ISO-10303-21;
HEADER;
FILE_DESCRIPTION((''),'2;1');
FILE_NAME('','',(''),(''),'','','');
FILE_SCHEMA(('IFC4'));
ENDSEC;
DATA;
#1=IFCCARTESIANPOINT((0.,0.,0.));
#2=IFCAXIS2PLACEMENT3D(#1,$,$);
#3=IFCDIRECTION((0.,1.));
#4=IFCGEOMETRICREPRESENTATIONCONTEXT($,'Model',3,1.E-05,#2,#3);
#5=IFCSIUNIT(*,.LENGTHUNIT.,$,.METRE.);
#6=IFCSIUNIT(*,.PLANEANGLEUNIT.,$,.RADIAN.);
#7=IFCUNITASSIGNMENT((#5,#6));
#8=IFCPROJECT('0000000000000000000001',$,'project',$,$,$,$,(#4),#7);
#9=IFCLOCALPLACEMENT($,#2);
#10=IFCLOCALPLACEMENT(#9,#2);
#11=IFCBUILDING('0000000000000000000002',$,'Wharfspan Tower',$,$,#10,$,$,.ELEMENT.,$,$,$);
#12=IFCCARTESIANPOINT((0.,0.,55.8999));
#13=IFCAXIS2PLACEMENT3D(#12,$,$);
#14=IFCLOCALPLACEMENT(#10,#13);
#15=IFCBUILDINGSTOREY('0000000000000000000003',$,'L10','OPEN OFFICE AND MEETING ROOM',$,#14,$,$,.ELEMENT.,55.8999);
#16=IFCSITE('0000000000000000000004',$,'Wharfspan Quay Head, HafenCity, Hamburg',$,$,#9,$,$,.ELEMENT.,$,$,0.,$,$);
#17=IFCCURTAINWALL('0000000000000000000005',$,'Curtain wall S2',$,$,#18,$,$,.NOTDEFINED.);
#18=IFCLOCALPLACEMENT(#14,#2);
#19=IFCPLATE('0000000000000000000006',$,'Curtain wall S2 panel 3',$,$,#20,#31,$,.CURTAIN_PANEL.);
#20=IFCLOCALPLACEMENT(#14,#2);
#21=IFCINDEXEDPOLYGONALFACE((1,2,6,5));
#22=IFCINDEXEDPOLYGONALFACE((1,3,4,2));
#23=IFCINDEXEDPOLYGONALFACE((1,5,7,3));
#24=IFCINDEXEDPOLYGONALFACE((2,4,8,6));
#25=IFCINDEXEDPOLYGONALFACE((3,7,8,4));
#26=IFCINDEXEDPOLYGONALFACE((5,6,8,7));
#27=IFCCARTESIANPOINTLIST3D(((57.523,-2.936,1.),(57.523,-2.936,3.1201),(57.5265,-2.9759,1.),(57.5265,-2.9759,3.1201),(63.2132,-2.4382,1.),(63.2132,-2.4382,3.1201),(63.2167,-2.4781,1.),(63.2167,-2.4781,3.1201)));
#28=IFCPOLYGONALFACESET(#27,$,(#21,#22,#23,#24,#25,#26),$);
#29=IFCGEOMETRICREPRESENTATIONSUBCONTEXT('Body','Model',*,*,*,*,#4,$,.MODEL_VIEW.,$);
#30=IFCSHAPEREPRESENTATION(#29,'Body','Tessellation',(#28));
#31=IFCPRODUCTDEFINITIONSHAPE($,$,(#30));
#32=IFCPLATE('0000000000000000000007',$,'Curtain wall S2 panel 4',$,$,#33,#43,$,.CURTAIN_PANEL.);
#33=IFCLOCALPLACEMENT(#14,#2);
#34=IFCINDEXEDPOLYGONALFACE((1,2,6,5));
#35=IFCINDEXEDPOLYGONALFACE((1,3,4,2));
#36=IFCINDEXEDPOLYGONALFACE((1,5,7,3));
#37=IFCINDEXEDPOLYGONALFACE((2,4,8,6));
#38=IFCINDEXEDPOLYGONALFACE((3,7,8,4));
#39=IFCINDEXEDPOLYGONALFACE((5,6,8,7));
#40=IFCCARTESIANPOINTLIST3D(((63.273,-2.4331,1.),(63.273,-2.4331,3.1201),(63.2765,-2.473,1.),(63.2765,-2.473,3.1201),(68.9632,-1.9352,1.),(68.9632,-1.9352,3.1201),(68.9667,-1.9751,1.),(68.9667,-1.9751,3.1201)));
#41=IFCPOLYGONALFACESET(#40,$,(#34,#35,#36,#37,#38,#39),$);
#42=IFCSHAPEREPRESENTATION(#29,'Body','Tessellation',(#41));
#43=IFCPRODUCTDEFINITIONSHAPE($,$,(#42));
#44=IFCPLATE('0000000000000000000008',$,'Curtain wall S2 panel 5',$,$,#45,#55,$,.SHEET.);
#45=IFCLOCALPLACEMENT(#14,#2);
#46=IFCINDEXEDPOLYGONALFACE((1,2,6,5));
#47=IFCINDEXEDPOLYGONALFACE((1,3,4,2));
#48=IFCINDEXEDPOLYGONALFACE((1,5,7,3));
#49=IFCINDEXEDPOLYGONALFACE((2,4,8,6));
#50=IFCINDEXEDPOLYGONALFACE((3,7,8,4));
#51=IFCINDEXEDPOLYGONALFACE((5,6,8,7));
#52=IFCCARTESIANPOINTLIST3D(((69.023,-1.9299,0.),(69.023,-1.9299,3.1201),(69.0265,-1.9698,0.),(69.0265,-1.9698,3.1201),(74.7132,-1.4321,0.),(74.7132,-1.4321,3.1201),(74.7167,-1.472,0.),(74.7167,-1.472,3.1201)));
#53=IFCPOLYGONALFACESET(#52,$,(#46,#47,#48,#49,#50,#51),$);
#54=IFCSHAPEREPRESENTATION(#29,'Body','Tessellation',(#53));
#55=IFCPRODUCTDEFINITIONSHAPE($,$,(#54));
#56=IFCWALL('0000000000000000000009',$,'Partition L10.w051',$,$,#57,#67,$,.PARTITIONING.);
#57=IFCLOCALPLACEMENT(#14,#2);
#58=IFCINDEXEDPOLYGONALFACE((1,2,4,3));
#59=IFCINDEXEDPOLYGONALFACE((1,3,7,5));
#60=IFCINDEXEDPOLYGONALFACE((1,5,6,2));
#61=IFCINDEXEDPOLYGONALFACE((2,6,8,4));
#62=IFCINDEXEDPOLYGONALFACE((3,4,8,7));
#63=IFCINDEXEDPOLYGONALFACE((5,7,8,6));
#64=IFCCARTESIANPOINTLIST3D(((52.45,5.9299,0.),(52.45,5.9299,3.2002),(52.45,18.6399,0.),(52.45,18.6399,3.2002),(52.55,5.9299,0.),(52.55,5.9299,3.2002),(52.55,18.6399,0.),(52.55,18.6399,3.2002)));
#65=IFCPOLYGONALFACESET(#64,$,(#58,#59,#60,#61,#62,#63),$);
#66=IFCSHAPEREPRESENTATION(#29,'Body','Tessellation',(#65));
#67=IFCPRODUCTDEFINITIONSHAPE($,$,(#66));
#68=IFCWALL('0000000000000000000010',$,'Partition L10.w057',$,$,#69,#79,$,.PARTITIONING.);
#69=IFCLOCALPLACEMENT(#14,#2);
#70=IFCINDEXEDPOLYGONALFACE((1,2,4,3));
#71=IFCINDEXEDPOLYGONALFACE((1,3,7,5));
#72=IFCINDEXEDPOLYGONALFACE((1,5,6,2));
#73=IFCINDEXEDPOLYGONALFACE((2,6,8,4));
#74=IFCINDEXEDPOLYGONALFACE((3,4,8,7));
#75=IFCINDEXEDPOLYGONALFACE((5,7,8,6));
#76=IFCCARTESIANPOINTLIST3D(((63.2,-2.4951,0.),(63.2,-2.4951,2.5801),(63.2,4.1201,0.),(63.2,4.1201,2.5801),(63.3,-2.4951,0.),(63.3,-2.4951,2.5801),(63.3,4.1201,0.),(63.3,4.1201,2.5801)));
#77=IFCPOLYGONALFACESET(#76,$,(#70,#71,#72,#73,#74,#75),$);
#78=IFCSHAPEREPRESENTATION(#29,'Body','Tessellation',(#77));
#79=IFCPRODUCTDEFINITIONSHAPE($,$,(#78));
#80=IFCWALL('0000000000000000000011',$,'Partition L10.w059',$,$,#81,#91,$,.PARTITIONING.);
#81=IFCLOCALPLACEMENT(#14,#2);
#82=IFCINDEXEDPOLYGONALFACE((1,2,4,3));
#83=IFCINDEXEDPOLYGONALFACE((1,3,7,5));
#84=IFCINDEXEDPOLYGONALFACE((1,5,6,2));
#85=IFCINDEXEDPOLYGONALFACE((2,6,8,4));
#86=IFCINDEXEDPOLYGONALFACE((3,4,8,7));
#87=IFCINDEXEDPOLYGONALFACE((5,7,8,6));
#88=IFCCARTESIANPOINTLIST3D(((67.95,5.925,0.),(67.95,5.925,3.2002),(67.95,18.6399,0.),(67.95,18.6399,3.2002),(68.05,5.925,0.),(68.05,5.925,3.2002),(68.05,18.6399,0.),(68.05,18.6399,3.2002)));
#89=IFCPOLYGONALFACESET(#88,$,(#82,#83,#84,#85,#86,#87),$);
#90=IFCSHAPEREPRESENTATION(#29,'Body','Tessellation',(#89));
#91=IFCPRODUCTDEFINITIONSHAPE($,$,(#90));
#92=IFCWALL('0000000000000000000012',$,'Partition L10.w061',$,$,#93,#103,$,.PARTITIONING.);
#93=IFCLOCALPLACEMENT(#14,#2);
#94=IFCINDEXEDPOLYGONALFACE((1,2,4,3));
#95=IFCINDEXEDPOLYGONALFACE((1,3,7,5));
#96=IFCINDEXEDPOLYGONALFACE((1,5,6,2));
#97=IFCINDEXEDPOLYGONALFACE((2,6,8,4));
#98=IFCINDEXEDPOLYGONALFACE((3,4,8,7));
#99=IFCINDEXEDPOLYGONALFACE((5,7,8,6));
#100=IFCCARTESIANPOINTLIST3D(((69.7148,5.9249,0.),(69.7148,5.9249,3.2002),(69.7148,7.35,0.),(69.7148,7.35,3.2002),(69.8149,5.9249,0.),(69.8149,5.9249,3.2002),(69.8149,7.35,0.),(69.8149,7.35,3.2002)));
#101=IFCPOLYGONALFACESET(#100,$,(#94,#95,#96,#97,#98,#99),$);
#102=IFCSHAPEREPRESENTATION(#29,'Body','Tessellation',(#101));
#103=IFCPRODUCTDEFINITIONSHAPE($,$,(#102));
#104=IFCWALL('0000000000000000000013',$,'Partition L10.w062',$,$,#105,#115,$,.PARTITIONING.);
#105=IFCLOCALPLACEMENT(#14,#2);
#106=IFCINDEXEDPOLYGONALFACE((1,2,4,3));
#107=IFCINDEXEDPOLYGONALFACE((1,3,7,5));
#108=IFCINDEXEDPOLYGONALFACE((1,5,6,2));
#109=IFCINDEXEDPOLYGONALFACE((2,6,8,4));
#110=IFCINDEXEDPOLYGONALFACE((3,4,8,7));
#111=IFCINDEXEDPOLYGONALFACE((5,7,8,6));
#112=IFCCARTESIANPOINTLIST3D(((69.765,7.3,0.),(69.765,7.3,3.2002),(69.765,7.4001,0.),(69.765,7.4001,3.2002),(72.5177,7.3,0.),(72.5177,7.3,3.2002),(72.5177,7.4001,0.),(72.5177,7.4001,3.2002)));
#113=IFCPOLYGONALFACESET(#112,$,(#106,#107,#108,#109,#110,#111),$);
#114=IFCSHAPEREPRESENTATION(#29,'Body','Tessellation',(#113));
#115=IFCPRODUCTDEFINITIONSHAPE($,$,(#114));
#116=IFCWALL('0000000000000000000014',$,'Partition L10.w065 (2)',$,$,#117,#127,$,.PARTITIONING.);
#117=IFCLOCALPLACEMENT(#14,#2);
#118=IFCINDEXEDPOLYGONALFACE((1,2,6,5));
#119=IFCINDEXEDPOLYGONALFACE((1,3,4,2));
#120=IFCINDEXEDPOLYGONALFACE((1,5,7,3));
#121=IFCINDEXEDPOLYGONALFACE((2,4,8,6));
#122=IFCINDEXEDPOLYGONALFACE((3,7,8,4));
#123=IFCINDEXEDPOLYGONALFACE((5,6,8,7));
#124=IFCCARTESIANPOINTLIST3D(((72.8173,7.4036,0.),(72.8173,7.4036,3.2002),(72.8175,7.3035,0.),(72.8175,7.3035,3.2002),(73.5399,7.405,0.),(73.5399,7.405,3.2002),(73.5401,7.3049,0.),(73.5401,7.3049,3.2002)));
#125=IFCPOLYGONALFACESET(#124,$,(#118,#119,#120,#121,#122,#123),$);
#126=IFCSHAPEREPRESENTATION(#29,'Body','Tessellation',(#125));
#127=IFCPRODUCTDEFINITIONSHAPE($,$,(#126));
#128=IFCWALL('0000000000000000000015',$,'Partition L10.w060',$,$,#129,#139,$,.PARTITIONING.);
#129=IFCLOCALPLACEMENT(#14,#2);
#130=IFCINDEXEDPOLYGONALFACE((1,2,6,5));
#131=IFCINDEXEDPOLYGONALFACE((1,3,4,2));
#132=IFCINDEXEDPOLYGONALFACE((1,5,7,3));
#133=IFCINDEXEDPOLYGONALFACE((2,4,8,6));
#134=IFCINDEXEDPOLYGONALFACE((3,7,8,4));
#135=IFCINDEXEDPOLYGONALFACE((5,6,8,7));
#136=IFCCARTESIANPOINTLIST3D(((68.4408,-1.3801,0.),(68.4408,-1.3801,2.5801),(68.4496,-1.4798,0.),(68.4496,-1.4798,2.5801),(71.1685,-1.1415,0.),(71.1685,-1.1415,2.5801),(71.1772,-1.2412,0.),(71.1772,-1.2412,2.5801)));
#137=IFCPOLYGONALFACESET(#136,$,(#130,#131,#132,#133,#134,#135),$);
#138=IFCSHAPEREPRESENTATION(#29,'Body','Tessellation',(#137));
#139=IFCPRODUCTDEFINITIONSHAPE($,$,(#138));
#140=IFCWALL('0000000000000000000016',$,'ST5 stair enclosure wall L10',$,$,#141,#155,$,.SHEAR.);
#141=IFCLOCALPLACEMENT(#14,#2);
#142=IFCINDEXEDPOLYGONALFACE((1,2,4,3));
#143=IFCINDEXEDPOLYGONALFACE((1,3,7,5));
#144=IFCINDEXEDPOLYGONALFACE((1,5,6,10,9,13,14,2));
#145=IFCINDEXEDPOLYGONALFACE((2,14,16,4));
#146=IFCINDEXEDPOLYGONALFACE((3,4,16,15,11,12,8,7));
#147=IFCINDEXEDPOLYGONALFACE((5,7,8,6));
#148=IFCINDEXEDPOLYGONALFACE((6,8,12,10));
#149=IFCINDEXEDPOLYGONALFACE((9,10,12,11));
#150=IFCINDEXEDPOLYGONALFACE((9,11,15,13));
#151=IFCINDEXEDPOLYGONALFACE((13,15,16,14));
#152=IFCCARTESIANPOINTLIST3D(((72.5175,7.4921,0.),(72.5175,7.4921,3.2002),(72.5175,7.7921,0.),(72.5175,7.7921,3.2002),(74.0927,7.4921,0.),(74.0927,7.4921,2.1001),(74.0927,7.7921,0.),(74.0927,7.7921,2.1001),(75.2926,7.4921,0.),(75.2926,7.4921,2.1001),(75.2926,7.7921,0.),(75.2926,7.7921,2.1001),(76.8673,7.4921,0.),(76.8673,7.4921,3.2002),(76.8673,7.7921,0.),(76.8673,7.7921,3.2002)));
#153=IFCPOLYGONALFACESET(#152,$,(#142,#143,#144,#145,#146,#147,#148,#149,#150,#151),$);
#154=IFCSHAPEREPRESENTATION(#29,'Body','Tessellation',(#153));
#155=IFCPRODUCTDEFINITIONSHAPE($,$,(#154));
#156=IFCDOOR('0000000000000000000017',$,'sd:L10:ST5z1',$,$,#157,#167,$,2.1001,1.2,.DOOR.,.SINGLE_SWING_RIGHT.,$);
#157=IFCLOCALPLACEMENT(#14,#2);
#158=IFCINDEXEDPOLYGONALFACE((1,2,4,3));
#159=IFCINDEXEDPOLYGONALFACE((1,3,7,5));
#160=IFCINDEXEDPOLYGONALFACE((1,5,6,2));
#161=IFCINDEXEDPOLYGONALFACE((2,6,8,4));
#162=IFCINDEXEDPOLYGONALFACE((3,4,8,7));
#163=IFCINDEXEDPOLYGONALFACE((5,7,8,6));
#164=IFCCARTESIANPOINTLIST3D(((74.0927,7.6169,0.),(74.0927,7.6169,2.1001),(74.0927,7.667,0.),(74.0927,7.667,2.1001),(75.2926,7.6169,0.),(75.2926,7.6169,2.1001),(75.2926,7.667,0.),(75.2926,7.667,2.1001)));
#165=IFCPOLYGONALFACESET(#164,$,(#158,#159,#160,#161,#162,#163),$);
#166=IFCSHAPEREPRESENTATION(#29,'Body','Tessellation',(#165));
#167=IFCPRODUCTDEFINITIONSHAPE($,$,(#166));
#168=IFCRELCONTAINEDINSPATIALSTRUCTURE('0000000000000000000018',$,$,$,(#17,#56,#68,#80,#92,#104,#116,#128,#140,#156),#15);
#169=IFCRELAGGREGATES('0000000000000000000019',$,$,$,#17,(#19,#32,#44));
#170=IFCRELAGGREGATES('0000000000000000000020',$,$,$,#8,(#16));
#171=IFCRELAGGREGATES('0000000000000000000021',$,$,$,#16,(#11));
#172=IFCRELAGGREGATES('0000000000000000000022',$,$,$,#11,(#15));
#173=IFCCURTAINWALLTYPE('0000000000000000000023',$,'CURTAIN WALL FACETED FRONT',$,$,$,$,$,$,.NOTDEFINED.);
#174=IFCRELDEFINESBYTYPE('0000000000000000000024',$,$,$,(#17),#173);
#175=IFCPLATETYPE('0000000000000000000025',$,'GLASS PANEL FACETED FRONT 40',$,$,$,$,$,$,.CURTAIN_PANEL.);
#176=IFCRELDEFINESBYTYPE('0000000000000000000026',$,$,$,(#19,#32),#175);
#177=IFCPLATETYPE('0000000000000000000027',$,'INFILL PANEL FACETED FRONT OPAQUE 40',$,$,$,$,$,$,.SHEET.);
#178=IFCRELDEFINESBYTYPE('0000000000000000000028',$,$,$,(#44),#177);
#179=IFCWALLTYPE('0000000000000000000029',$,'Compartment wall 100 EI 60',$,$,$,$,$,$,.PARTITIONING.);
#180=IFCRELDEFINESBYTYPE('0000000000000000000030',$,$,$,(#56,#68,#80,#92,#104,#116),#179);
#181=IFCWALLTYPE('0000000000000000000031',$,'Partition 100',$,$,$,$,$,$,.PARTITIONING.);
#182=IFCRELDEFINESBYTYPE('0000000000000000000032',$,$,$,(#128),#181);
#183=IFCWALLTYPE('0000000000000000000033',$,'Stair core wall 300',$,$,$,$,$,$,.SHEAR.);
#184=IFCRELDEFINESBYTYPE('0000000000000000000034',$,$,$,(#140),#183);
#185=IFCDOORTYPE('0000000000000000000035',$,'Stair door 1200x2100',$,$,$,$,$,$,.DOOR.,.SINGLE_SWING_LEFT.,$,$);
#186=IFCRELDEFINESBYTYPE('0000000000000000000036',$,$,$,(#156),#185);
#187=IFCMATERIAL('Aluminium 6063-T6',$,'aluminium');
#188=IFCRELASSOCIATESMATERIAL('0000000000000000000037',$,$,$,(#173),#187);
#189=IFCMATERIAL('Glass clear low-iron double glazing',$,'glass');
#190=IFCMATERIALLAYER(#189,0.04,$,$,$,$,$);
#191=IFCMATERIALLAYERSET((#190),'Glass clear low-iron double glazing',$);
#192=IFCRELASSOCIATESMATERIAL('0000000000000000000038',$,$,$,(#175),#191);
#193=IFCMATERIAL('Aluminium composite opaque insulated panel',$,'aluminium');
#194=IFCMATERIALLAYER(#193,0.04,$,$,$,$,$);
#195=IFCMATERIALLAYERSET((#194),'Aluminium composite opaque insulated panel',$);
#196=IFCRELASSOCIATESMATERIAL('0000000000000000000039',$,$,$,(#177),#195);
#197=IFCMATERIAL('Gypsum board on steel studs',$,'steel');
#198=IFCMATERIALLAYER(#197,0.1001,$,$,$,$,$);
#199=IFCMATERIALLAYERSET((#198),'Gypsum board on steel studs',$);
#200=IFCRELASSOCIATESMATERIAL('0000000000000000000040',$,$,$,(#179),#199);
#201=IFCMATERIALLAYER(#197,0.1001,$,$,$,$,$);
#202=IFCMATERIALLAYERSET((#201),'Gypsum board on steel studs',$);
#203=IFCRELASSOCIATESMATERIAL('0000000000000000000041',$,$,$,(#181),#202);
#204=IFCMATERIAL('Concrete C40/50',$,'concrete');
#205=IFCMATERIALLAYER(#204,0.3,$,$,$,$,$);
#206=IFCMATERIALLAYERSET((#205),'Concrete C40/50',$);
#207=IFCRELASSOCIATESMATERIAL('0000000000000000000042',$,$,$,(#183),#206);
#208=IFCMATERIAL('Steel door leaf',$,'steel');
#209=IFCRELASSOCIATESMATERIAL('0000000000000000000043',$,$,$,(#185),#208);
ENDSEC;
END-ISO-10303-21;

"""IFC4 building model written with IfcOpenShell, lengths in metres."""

from ifc_helpers import new_model, si_unit, direction, frame, frame_2d, origin, origin_2d, place, context, subcontext, project, spatial, rectangle, extrude, material, layer, layer_set, type_object, element, fill, aggregate, save


model = new_model("IFC4")

# Units and contexts
model_context = context("Model", 3, precision=1e-05, world=origin(), true_north=direction((0.0, 1.0)))
body_context = subcontext(model_context, "Body", "Model", "MODEL_VIEW")
ifc_project = project(units=[si_unit("LENGTHUNIT", "METRE"), si_unit("PLANEANGLEUNIT", "RADIAN")], contexts=[model_context])

# Site, building, storey
site_placement = place(None, origin())
site = spatial("IfcSite", under=ifc_project, at=site_placement, Name="Wharfspan Quay Head, HafenCity, Hamburg", CompositionType="ELEMENT", RefElevation=0.0)
building_placement = place(site_placement, origin())
building = spatial("IfcBuilding", under=site, at=building_placement, Name="Wharfspan Tower", CompositionType="ELEMENT")
storey_placement = place(building_placement, frame((0.0, 0.0, 55.8999)))
storey = spatial("IfcBuildingStorey", under=building, at=storey_placement, Name="L10", Description="OPEN OFFICE AND MEETING ROOM", CompositionType="ELEMENT", Elevation=55.8999)

# Curtain wall, plates
ifc_material_1 = material(Name="Aluminium 6063-T6", Category="aluminium")
curtain_wall_type = type_object("IfcCurtainWallType", Name="CURTAIN WALL FACETED FRONT", PredefinedType="NOTDEFINED", material=ifc_material_1)
curtain_wall_placement = place(storey_placement, origin())
curtain_wall = element("IfcCurtainWall", 1, at=curtain_wall_placement, inside=storey, type_object=curtain_wall_type, Name="Curtain wall S2", PredefinedType="NOTDEFINED")
ifc_material_2 = material(Name="Glass clear low-iron double glazing", Category="glass")
ifc_layer_1 = layer(ifc_material_2, 0.04)
ifc_layer_set_1 = layer_set([ifc_layer_1], Name="Glass clear low-iron double glazing")
plate_type_1 = type_object("IfcPlateType", Name="GLASS PANEL FACETED FRONT 40", PredefinedType="CURTAIN_PANEL", material=ifc_layer_set_1)
plate_1_placement = place(storey_placement, frame((60.3699, -2.707, 1.0), z_axis=(0.0, 0.0, 1.0), x_axis=(0.996197, 0.087156, 0.0)))
plate_1 = element("IfcPlate", 2, at=plate_1_placement, type_object=plate_type_1, Name="Curtain wall S2 panel 3", PredefinedType="CURTAIN_PANEL", context=body_context, shape_type="SweptSolid", body=[
    extrude(rectangle(XDim=5.7119, YDim=0.04, at=origin_2d()), origin(), (0.0, 0.0, 1.0), 2.1201),
])
plate_2_placement = place(storey_placement, frame((66.1199, -2.2041, 1.0), z_axis=(0.0, 0.0, 1.0), x_axis=(0.996197, 0.087156, 0.0)))
plate_2 = element("IfcPlate", 3, at=plate_2_placement, type_object=plate_type_1, Name="Curtain wall S2 panel 4", PredefinedType="CURTAIN_PANEL", context=body_context, shape_type="SweptSolid", body=[
    extrude(rectangle(XDim=5.7119, YDim=0.04, at=origin_2d()), origin(), (0.0, 0.0, 1.0), 2.1201),
])
ifc_material_3 = material(Name="Aluminium composite opaque insulated panel", Category="aluminium")
ifc_layer_2 = layer(ifc_material_3, 0.04)
ifc_layer_set_2 = layer_set([ifc_layer_2], Name="Aluminium composite opaque insulated panel")
plate_type_2 = type_object("IfcPlateType", Name="INFILL PANEL FACETED FRONT OPAQUE 40", PredefinedType="SHEET", material=ifc_layer_set_2)
plate_3_placement = place(storey_placement, frame((71.8699, -1.7009, 0.0), z_axis=(0.0, 0.0, 1.0), x_axis=(0.996197, 0.087156, 0.0)))
plate_3 = element("IfcPlate", 4, at=plate_3_placement, type_object=plate_type_2, Name="Curtain wall S2 panel 5", PredefinedType="SHEET", context=body_context, shape_type="SweptSolid", body=[
    extrude(rectangle(XDim=5.7119, YDim=0.04, at=origin_2d()), origin(), (0.0, 0.0, 1.0), 3.1201),
])
aggregate(curtain_wall, [plate_1, plate_2, plate_3])

# Walls
ifc_material_4 = material(Name="Gypsum board on steel studs", Category="steel")
ifc_layer_3 = layer(ifc_material_4, 0.1001)
ifc_layer_set_3 = layer_set([ifc_layer_3], Name="Gypsum board on steel studs")
wall_type_1 = type_object("IfcWallType", Name="Compartment wall 100 EI 60", PredefinedType="PARTITIONING", material=ifc_layer_set_3)
wall_1_placement = place(storey_placement, frame((52.5, 5.9299, 0.0), z_axis=(0.0, 0.0, 1.0), x_axis=(0.0, 1.0, 0.0)))
element("IfcWall", 5, at=wall_1_placement, inside=storey, type_object=wall_type_1, Name="Partition L10.w051", PredefinedType="PARTITIONING", context=body_context, shape_type="SweptSolid", body=[
    extrude(rectangle(XDim=12.71, YDim=0.1001, at=frame_2d((6.355, 0.0))), origin(), (0.0, 0.0, 1.0), 3.2002),
])
wall_2_placement = place(storey_placement, frame((63.25, -2.4951, 0.0), z_axis=(0.0, 0.0, 1.0), x_axis=(0.0, 1.0, 0.0)))
element("IfcWall", 6, at=wall_2_placement, inside=storey, type_object=wall_type_1, Name="Partition L10.w057", PredefinedType="PARTITIONING", context=body_context, shape_type="SweptSolid", body=[
    extrude(rectangle(XDim=6.6152, YDim=0.1001, at=frame_2d((3.3076, 0.0))), origin(), (0.0, 0.0, 1.0), 2.5801),
])
wall_3_placement = place(storey_placement, frame((68.0, 5.925, 0.0), z_axis=(0.0, 0.0, 1.0), x_axis=(0.0, 1.0, 0.0)))
element("IfcWall", 7, at=wall_3_placement, inside=storey, type_object=wall_type_1, Name="Partition L10.w059", PredefinedType="PARTITIONING", context=body_context, shape_type="SweptSolid", body=[
    extrude(rectangle(XDim=12.7148, YDim=0.1001, at=frame_2d((6.3574, 0.0))), origin(), (0.0, 0.0, 1.0), 3.2002),
])
wall_4_placement = place(storey_placement, frame((69.7649, 5.925, 0.0), z_axis=(0.0, 0.0, 1.0), x_axis=(0.0, 1.0, 0.0)))
element("IfcWall", 8, at=wall_4_placement, inside=storey, type_object=wall_type_1, Name="Partition L10.w061", PredefinedType="PARTITIONING", context=body_context, shape_type="SweptSolid", body=[
    extrude(rectangle(XDim=1.425, YDim=0.1001, at=frame_2d((0.7124, 0.0))), origin(), (0.0, 0.0, 1.0), 3.2002),
])
wall_5_placement = place(storey_placement, frame((69.7649, 7.3501, 0.0), z_axis=(0.0, 0.0, 1.0), x_axis=(1.0, 0.0, 0.0)))
element("IfcWall", 9, at=wall_5_placement, inside=storey, type_object=wall_type_1, Name="Partition L10.w062", PredefinedType="PARTITIONING", context=body_context, shape_type="SweptSolid", body=[
    extrude(rectangle(XDim=2.7527, YDim=0.1001, at=frame_2d((1.3765, 0.0))), origin(), (0.0, 0.0, 1.0), 3.2002),
])
wall_6_placement = place(storey_placement, frame((72.8174, 7.3535, 0.0), z_axis=(0.0, 0.0, 1.0), x_axis=(0.999994, 0.002027, 0.0)))
element("IfcWall", 10, at=wall_6_placement, inside=storey, type_object=wall_type_1, Name="Partition L10.w065 (2)", PredefinedType="PARTITIONING", context=body_context, shape_type="SweptSolid", body=[
    extrude(rectangle(XDim=0.7227, YDim=0.1001, at=frame_2d((0.3613, 0.0))), origin(), (0.0, 0.0, 1.0), 3.2002),
])
ifc_layer_4 = layer(ifc_material_4, 0.1001)
ifc_layer_set_4 = layer_set([ifc_layer_4], Name="Gypsum board on steel studs")
wall_type_2 = type_object("IfcWallType", Name="Partition 100", PredefinedType="PARTITIONING", material=ifc_layer_set_4)
wall_7_placement = place(storey_placement, frame((68.4451, -1.4299, 0.0), z_axis=(0.0, 0.0, 1.0), x_axis=(0.996195, 0.087118, 0.0)))
element("IfcWall", 11, at=wall_7_placement, inside=storey, type_object=wall_type_2, Name="Partition L10.w060", PredefinedType="PARTITIONING", context=body_context, shape_type="SweptSolid", body=[
    extrude(rectangle(XDim=2.738, YDim=0.1001, at=frame_2d((1.3691, 0.0))), origin(), (0.0, 0.0, 1.0), 2.5801),
])

# Wall, opening, door
ifc_material_5 = material(Name="Concrete C40/50", Category="concrete")
ifc_layer_5 = layer(ifc_material_5, 0.3)
ifc_layer_set_5 = layer_set([ifc_layer_5], Name="Concrete C40/50")
wall_type_3 = type_object("IfcWallType", Name="Stair core wall 300", PredefinedType="SHEAR", material=ifc_layer_set_5)
wall_8_placement = place(storey_placement, frame((72.5176, 7.6421, 0.0), z_axis=(0.0, 0.0, 1.0), x_axis=(1.0, 0.0, 0.0)))
wall_8 = element("IfcWall", 12, at=wall_8_placement, inside=storey, type_object=wall_type_3, Name="ST5 stair enclosure wall L10", PredefinedType="SHEAR", context=body_context, shape_type="SweptSolid", body=[
    extrude(rectangle(XDim=4.3499, YDim=0.3, at=frame_2d((2.1748, 0.0))), origin(), (0.0, 0.0, 1.0), 3.2002),
])
opening_1_placement = place(wall_8_placement, frame((1.575, 0.0, 0.0)))
opening_1 = element("IfcOpeningElement", 13, at=opening_1_placement, cuts=wall_8, PredefinedType="OPENING", context=body_context, shape_type="SweptSolid", body=[
    extrude(rectangle(XDim=1.2, YDim=2.1001, at=frame_2d((0.6001, 1.05))), frame((0.0, 0.1599, 0.0), z_axis=(0.0, -1.0, 0.0), x_axis=(1.0, 0.0, 0.0)), (0.0, 0.0, 1.0), 0.3201),
])
ifc_material_6 = material(Name="Steel door leaf", Category="steel")
door_type_1 = type_object("IfcDoorType", Name="Stair door 1200x2100", OperationType="SINGLE_SWING_LEFT", PredefinedType="DOOR", material=ifc_material_6)
door_1_placement = place(opening_1_placement, origin())
door_1 = element("IfcDoor", 14, at=door_1_placement, inside=storey, type_object=door_type_1, Name="sd:L10:ST5z1", OperationType="SINGLE_SWING_RIGHT", OverallHeight=2.1001, OverallWidth=1.2, PredefinedType="DOOR", context=body_context, shape_type="SweptSolid", body=[
    extrude(rectangle(XDim=1.2, YDim=2.1001, at=frame_2d((0.6001, 1.05))), frame((0.0, 0.0249, 0.0), z_axis=(0.0, -1.0, 0.0), x_axis=(1.0, 0.0, 0.0)), (0.0, 0.0, 1.0), 0.05),
])
fill(opening_1, door_1)

save(model, "model.ifc")
